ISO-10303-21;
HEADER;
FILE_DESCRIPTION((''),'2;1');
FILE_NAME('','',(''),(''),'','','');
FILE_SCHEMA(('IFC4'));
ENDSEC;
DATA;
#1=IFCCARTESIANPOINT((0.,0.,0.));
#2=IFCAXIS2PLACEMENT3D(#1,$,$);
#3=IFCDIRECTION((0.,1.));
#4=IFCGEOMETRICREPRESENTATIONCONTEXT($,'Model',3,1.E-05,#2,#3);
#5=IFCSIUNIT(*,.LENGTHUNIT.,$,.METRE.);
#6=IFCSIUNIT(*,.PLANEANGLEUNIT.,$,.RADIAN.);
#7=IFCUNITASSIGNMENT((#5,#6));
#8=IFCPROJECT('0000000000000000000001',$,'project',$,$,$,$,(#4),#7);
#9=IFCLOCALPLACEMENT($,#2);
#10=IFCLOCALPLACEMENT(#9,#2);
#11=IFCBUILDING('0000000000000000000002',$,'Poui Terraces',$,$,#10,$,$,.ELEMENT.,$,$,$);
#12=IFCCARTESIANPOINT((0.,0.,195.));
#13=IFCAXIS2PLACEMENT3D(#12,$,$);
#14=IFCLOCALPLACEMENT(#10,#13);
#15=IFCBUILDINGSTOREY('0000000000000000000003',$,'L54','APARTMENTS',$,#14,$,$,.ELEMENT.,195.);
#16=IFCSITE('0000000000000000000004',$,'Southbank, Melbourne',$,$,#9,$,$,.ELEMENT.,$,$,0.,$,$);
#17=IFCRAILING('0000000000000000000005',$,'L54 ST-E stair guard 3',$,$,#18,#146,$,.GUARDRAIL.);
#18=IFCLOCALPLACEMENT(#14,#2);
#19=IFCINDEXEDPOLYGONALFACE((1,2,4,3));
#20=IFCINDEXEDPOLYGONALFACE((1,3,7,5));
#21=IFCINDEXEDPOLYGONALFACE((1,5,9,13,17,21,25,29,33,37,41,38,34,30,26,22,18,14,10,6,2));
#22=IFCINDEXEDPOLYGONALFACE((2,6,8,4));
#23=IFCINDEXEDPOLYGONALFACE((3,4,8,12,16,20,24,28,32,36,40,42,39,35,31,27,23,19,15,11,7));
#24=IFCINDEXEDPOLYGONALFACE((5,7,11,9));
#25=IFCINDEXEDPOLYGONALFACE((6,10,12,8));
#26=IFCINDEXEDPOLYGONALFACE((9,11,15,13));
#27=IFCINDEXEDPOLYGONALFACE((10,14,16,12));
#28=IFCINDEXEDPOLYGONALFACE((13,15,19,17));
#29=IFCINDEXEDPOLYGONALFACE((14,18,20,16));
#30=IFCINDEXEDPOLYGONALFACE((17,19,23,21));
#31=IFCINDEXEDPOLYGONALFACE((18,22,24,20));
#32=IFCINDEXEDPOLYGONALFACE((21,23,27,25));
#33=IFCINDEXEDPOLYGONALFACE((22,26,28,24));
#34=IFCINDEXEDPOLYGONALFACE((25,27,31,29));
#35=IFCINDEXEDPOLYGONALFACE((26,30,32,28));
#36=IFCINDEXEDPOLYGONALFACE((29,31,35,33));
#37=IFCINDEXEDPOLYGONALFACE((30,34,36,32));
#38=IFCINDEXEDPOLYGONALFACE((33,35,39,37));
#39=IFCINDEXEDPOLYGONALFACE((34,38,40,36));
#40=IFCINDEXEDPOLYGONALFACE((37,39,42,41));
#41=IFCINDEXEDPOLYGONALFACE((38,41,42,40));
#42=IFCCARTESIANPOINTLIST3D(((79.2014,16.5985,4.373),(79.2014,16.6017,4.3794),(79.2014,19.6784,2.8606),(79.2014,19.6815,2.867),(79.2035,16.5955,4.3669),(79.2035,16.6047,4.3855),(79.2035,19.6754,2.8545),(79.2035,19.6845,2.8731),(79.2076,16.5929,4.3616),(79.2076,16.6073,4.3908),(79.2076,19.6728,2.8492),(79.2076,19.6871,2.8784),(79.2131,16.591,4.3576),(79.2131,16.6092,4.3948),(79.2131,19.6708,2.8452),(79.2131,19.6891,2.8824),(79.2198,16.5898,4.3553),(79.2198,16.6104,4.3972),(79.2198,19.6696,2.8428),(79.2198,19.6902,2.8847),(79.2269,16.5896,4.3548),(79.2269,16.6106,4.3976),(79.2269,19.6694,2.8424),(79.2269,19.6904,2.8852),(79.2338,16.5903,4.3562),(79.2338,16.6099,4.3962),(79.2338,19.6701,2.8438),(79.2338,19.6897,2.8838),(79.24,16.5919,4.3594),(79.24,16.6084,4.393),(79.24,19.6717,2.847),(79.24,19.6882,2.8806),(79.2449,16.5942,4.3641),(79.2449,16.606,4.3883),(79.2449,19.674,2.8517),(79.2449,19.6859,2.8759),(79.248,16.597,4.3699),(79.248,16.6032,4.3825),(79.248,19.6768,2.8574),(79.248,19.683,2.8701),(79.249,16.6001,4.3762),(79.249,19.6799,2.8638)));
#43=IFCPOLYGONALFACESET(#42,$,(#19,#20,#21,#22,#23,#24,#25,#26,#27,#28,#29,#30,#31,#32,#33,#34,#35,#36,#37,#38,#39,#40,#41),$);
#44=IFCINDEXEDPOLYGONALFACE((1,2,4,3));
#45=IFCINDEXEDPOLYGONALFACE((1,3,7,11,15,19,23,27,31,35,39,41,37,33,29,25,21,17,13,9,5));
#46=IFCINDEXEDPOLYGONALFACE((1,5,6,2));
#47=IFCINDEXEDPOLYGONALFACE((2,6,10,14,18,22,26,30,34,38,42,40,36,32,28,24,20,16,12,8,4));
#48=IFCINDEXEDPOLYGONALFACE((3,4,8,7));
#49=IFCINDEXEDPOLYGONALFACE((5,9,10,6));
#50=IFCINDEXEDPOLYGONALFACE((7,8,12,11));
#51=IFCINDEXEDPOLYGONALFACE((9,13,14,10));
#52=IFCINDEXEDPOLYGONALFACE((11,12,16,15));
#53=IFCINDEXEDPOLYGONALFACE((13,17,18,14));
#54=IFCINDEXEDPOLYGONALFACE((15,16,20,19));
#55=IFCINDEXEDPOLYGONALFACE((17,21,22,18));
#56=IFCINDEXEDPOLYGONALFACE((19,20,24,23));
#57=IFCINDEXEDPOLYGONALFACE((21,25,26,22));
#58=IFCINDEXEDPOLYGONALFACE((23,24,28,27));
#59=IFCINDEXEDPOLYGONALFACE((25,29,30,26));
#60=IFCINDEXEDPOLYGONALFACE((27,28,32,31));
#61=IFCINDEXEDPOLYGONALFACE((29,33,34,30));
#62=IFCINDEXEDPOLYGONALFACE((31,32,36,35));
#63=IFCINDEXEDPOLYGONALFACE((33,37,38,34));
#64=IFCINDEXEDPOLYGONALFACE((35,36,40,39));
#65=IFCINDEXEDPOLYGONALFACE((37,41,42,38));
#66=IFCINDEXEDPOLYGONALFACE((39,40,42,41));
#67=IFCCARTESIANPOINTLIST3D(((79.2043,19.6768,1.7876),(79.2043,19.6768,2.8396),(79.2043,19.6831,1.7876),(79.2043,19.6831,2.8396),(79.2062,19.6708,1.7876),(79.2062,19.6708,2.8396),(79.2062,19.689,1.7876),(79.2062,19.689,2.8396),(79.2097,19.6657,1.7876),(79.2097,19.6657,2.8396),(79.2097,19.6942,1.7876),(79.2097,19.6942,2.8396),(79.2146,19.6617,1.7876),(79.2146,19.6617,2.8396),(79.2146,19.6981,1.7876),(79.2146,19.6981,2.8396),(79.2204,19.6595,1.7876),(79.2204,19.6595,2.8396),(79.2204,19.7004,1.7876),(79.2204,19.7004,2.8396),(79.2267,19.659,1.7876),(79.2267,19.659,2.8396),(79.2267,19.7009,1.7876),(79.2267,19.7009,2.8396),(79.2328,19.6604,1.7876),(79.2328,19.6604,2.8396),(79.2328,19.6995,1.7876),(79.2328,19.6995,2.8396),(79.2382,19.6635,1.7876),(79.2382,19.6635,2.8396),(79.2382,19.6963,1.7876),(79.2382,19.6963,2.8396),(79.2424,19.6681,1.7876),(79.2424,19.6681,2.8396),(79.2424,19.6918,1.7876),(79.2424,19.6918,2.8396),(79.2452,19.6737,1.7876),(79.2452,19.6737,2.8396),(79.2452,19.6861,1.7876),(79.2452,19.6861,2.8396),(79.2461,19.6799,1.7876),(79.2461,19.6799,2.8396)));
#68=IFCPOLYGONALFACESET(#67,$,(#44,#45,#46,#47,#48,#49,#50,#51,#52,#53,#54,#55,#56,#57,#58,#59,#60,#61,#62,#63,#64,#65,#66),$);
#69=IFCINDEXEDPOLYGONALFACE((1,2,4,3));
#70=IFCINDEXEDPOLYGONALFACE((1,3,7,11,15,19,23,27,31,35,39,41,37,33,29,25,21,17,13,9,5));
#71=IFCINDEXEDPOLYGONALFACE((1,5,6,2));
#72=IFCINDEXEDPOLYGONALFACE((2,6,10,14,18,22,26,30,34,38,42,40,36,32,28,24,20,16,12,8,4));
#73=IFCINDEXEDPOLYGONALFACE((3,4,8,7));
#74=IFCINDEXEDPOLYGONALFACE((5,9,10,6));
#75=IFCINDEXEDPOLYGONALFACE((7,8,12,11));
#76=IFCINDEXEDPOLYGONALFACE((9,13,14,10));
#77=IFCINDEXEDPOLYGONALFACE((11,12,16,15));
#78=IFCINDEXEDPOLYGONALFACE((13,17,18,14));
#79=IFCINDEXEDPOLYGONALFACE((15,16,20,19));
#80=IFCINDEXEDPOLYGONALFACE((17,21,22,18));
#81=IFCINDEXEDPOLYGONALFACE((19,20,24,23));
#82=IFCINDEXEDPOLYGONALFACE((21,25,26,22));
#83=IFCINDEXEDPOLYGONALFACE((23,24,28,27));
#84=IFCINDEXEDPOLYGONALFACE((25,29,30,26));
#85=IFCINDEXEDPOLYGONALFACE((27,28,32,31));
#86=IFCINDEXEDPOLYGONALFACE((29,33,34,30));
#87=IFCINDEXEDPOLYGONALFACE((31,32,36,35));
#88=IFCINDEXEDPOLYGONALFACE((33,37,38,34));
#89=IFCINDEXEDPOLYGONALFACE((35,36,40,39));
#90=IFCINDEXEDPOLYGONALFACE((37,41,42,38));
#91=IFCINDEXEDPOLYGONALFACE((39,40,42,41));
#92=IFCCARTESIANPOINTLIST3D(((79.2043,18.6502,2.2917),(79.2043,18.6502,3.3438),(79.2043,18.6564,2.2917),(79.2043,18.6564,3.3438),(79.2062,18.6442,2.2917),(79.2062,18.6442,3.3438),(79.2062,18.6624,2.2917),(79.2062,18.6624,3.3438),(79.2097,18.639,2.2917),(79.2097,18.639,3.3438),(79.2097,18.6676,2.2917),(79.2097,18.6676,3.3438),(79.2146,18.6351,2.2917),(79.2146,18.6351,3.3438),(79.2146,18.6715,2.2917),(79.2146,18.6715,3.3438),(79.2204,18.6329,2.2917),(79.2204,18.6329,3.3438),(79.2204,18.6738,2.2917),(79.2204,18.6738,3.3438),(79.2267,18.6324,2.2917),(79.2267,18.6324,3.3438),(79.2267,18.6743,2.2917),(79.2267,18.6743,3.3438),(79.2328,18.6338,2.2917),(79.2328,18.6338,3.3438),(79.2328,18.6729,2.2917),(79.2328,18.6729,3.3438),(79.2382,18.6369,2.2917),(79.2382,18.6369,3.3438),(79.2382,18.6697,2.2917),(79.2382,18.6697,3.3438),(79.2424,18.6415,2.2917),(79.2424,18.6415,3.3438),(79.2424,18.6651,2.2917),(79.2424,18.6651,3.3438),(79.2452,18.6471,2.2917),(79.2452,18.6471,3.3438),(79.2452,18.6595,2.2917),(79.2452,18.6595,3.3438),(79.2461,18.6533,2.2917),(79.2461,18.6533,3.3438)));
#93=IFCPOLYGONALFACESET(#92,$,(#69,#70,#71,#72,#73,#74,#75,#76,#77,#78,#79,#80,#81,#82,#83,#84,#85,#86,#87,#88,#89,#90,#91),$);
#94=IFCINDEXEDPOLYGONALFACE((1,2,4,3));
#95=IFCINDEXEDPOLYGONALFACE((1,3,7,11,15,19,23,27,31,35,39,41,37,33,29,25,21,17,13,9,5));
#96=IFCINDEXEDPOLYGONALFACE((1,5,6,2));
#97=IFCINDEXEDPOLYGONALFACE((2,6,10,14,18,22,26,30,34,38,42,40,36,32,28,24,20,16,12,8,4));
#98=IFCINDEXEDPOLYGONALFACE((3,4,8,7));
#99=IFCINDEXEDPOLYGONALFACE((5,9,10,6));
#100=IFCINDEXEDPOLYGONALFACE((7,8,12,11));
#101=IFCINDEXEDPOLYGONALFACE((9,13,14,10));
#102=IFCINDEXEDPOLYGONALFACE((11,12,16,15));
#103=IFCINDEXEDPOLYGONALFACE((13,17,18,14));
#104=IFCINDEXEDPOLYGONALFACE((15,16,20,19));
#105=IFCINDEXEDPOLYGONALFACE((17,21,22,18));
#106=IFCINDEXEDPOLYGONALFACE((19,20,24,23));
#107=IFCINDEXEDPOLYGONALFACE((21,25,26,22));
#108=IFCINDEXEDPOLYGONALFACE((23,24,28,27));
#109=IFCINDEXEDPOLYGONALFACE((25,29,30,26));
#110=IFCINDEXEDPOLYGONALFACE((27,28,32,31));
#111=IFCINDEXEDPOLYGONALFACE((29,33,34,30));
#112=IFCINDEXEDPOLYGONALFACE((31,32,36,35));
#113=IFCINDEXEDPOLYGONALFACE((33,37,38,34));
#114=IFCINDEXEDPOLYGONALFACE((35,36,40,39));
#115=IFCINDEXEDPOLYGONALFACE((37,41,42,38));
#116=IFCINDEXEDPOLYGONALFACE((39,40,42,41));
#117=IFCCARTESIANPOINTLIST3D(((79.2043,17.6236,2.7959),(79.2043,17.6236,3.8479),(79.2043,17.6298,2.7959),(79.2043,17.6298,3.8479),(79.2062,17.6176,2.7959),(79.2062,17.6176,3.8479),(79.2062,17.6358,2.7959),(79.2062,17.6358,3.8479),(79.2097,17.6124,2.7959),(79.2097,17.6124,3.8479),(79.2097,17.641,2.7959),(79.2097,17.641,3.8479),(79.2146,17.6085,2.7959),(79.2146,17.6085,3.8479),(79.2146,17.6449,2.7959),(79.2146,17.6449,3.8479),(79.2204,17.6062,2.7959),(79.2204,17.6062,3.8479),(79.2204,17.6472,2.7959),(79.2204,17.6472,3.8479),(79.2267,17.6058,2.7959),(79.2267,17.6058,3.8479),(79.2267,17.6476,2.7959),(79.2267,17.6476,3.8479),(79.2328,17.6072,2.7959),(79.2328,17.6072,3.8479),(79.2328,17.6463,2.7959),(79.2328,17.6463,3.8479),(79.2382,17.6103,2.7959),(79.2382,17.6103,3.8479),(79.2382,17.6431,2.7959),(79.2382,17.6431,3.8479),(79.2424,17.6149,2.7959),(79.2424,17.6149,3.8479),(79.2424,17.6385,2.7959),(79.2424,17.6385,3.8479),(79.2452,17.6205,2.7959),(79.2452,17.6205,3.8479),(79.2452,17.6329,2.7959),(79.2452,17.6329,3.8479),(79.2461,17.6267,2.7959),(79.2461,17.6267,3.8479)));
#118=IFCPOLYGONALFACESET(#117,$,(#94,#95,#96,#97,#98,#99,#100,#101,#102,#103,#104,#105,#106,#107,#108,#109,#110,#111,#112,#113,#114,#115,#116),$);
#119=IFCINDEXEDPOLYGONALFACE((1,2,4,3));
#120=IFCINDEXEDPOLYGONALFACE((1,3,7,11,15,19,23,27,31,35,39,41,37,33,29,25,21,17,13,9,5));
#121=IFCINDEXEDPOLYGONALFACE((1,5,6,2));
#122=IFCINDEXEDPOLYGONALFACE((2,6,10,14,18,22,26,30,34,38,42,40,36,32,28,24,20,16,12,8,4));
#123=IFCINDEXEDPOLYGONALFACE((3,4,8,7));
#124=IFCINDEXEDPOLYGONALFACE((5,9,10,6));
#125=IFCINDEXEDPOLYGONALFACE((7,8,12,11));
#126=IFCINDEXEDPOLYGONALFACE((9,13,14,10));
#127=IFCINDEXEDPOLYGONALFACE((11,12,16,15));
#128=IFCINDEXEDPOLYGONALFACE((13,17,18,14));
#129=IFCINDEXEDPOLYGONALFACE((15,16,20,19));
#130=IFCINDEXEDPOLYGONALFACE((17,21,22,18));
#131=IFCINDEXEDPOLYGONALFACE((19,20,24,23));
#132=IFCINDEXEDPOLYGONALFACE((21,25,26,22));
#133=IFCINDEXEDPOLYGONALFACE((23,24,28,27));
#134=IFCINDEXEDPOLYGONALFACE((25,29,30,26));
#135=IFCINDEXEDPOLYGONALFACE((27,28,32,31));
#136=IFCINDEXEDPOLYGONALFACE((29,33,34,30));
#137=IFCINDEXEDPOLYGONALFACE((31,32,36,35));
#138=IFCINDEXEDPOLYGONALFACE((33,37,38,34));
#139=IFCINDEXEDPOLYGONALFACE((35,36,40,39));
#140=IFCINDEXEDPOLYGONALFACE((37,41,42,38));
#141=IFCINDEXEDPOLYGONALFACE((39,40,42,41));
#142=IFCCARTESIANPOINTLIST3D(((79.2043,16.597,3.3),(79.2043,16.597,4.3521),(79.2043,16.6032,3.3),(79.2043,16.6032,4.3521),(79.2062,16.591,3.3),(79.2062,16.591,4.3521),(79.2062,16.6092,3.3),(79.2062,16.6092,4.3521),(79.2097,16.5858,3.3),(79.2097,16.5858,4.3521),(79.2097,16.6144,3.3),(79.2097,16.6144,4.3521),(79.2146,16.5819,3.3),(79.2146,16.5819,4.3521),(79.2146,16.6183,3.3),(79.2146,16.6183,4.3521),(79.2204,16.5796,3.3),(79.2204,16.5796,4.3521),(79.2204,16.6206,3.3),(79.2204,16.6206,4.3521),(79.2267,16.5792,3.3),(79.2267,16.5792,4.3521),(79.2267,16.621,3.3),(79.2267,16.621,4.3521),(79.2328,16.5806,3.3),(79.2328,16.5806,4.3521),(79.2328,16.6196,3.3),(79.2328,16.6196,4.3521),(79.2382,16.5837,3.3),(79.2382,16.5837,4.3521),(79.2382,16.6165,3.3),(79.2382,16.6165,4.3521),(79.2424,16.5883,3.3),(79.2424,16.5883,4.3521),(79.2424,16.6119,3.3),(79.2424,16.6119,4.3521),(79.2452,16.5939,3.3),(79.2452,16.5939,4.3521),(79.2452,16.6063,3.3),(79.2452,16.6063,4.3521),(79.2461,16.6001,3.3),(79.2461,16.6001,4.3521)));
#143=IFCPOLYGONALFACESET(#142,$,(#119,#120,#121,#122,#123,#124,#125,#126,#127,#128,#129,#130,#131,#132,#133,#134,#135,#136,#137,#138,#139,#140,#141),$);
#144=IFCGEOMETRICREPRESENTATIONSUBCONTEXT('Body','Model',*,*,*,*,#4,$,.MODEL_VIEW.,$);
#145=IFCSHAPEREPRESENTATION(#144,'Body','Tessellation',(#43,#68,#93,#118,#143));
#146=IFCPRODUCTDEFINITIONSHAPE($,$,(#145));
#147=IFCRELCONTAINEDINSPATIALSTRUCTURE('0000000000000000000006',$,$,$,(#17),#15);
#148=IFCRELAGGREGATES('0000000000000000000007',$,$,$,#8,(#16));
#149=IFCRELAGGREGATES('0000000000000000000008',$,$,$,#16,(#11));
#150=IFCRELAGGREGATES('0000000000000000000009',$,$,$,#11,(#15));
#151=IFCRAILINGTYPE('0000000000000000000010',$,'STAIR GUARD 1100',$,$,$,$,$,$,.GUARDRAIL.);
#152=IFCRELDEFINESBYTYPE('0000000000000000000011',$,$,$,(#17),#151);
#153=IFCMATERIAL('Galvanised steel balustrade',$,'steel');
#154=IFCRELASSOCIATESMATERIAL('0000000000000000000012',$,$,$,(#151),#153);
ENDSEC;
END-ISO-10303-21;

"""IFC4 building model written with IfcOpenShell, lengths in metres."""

from ifc_helpers import new_model, si_unit, direction, frame, origin, origin_2d, place, context, subcontext, project, spatial, circle, extrude, material, type_object, element, save


model = new_model("IFC4")

# Units and contexts
model_context = context("Model", 3, precision=1e-05, world=origin(), true_north=direction((0.0, 1.0)))
body_context = subcontext(model_context, "Body", "Model", "MODEL_VIEW")
ifc_project = project(units=[si_unit("LENGTHUNIT", "METRE"), si_unit("PLANEANGLEUNIT", "RADIAN")], contexts=[model_context])

# Site, building, storey
site_placement = place(None, origin())
site = spatial("IfcSite", under=ifc_project, at=site_placement, Name="Southbank, Melbourne", CompositionType="ELEMENT", RefElevation=0.0)
building_placement = place(site_placement, origin())
building = spatial("IfcBuilding", under=site, at=building_placement, Name="Poui Terraces", CompositionType="ELEMENT")
storey_placement = place(building_placement, frame((0.0, 0.0, 195.0)))
storey = spatial("IfcBuildingStorey", under=building, at=storey_placement, Name="L54", Description="APARTMENTS", CompositionType="ELEMENT", Elevation=195.0)

# Railing
ifc_material_1 = material(Name="Galvanised steel balustrade", Category="steel")
railing_type_1 = type_object("IfcRailingType", Name="STAIR GUARD 1100", PredefinedType="GUARDRAIL", material=ifc_material_1)
railing_1_placement = place(storey_placement, frame((79.2251, 19.6799, 1.7876)))
element("IfcRailing", 1, at=railing_1_placement, inside=storey, type_object=railing_type_1, Name="L54 ST-E stair guard 3", PredefinedType="GUARDRAIL", context=body_context, shape_type="SweptSolid", body=[
    extrude(circle(Radius=0.0239, at=origin_2d()), frame((0.0, 0.0, 1.0762), z_axis=(0.0, -0.897606, 0.440798), x_axis=(1.0, 0.0, 0.0)), (0.0, 0.0, 1.0), 3.4312),
    extrude(circle(Radius=0.021, at=origin_2d()), origin(), (0.0, 0.0, 1.0), 1.052),
    extrude(circle(Radius=0.021, at=origin_2d()), frame((0.0, -1.0266, 0.5042)), (0.0, 0.0, 1.0), 1.052),
    extrude(circle(Radius=0.021, at=origin_2d()), frame((0.0, -2.0532, 1.0083)), (0.0, 0.0, 1.0), 1.052),
    extrude(circle(Radius=0.021, at=origin_2d()), frame((0.0, -3.0798, 1.5125)), (0.0, 0.0, 1.0), 1.052),
])

save(model, "model.ifc")
